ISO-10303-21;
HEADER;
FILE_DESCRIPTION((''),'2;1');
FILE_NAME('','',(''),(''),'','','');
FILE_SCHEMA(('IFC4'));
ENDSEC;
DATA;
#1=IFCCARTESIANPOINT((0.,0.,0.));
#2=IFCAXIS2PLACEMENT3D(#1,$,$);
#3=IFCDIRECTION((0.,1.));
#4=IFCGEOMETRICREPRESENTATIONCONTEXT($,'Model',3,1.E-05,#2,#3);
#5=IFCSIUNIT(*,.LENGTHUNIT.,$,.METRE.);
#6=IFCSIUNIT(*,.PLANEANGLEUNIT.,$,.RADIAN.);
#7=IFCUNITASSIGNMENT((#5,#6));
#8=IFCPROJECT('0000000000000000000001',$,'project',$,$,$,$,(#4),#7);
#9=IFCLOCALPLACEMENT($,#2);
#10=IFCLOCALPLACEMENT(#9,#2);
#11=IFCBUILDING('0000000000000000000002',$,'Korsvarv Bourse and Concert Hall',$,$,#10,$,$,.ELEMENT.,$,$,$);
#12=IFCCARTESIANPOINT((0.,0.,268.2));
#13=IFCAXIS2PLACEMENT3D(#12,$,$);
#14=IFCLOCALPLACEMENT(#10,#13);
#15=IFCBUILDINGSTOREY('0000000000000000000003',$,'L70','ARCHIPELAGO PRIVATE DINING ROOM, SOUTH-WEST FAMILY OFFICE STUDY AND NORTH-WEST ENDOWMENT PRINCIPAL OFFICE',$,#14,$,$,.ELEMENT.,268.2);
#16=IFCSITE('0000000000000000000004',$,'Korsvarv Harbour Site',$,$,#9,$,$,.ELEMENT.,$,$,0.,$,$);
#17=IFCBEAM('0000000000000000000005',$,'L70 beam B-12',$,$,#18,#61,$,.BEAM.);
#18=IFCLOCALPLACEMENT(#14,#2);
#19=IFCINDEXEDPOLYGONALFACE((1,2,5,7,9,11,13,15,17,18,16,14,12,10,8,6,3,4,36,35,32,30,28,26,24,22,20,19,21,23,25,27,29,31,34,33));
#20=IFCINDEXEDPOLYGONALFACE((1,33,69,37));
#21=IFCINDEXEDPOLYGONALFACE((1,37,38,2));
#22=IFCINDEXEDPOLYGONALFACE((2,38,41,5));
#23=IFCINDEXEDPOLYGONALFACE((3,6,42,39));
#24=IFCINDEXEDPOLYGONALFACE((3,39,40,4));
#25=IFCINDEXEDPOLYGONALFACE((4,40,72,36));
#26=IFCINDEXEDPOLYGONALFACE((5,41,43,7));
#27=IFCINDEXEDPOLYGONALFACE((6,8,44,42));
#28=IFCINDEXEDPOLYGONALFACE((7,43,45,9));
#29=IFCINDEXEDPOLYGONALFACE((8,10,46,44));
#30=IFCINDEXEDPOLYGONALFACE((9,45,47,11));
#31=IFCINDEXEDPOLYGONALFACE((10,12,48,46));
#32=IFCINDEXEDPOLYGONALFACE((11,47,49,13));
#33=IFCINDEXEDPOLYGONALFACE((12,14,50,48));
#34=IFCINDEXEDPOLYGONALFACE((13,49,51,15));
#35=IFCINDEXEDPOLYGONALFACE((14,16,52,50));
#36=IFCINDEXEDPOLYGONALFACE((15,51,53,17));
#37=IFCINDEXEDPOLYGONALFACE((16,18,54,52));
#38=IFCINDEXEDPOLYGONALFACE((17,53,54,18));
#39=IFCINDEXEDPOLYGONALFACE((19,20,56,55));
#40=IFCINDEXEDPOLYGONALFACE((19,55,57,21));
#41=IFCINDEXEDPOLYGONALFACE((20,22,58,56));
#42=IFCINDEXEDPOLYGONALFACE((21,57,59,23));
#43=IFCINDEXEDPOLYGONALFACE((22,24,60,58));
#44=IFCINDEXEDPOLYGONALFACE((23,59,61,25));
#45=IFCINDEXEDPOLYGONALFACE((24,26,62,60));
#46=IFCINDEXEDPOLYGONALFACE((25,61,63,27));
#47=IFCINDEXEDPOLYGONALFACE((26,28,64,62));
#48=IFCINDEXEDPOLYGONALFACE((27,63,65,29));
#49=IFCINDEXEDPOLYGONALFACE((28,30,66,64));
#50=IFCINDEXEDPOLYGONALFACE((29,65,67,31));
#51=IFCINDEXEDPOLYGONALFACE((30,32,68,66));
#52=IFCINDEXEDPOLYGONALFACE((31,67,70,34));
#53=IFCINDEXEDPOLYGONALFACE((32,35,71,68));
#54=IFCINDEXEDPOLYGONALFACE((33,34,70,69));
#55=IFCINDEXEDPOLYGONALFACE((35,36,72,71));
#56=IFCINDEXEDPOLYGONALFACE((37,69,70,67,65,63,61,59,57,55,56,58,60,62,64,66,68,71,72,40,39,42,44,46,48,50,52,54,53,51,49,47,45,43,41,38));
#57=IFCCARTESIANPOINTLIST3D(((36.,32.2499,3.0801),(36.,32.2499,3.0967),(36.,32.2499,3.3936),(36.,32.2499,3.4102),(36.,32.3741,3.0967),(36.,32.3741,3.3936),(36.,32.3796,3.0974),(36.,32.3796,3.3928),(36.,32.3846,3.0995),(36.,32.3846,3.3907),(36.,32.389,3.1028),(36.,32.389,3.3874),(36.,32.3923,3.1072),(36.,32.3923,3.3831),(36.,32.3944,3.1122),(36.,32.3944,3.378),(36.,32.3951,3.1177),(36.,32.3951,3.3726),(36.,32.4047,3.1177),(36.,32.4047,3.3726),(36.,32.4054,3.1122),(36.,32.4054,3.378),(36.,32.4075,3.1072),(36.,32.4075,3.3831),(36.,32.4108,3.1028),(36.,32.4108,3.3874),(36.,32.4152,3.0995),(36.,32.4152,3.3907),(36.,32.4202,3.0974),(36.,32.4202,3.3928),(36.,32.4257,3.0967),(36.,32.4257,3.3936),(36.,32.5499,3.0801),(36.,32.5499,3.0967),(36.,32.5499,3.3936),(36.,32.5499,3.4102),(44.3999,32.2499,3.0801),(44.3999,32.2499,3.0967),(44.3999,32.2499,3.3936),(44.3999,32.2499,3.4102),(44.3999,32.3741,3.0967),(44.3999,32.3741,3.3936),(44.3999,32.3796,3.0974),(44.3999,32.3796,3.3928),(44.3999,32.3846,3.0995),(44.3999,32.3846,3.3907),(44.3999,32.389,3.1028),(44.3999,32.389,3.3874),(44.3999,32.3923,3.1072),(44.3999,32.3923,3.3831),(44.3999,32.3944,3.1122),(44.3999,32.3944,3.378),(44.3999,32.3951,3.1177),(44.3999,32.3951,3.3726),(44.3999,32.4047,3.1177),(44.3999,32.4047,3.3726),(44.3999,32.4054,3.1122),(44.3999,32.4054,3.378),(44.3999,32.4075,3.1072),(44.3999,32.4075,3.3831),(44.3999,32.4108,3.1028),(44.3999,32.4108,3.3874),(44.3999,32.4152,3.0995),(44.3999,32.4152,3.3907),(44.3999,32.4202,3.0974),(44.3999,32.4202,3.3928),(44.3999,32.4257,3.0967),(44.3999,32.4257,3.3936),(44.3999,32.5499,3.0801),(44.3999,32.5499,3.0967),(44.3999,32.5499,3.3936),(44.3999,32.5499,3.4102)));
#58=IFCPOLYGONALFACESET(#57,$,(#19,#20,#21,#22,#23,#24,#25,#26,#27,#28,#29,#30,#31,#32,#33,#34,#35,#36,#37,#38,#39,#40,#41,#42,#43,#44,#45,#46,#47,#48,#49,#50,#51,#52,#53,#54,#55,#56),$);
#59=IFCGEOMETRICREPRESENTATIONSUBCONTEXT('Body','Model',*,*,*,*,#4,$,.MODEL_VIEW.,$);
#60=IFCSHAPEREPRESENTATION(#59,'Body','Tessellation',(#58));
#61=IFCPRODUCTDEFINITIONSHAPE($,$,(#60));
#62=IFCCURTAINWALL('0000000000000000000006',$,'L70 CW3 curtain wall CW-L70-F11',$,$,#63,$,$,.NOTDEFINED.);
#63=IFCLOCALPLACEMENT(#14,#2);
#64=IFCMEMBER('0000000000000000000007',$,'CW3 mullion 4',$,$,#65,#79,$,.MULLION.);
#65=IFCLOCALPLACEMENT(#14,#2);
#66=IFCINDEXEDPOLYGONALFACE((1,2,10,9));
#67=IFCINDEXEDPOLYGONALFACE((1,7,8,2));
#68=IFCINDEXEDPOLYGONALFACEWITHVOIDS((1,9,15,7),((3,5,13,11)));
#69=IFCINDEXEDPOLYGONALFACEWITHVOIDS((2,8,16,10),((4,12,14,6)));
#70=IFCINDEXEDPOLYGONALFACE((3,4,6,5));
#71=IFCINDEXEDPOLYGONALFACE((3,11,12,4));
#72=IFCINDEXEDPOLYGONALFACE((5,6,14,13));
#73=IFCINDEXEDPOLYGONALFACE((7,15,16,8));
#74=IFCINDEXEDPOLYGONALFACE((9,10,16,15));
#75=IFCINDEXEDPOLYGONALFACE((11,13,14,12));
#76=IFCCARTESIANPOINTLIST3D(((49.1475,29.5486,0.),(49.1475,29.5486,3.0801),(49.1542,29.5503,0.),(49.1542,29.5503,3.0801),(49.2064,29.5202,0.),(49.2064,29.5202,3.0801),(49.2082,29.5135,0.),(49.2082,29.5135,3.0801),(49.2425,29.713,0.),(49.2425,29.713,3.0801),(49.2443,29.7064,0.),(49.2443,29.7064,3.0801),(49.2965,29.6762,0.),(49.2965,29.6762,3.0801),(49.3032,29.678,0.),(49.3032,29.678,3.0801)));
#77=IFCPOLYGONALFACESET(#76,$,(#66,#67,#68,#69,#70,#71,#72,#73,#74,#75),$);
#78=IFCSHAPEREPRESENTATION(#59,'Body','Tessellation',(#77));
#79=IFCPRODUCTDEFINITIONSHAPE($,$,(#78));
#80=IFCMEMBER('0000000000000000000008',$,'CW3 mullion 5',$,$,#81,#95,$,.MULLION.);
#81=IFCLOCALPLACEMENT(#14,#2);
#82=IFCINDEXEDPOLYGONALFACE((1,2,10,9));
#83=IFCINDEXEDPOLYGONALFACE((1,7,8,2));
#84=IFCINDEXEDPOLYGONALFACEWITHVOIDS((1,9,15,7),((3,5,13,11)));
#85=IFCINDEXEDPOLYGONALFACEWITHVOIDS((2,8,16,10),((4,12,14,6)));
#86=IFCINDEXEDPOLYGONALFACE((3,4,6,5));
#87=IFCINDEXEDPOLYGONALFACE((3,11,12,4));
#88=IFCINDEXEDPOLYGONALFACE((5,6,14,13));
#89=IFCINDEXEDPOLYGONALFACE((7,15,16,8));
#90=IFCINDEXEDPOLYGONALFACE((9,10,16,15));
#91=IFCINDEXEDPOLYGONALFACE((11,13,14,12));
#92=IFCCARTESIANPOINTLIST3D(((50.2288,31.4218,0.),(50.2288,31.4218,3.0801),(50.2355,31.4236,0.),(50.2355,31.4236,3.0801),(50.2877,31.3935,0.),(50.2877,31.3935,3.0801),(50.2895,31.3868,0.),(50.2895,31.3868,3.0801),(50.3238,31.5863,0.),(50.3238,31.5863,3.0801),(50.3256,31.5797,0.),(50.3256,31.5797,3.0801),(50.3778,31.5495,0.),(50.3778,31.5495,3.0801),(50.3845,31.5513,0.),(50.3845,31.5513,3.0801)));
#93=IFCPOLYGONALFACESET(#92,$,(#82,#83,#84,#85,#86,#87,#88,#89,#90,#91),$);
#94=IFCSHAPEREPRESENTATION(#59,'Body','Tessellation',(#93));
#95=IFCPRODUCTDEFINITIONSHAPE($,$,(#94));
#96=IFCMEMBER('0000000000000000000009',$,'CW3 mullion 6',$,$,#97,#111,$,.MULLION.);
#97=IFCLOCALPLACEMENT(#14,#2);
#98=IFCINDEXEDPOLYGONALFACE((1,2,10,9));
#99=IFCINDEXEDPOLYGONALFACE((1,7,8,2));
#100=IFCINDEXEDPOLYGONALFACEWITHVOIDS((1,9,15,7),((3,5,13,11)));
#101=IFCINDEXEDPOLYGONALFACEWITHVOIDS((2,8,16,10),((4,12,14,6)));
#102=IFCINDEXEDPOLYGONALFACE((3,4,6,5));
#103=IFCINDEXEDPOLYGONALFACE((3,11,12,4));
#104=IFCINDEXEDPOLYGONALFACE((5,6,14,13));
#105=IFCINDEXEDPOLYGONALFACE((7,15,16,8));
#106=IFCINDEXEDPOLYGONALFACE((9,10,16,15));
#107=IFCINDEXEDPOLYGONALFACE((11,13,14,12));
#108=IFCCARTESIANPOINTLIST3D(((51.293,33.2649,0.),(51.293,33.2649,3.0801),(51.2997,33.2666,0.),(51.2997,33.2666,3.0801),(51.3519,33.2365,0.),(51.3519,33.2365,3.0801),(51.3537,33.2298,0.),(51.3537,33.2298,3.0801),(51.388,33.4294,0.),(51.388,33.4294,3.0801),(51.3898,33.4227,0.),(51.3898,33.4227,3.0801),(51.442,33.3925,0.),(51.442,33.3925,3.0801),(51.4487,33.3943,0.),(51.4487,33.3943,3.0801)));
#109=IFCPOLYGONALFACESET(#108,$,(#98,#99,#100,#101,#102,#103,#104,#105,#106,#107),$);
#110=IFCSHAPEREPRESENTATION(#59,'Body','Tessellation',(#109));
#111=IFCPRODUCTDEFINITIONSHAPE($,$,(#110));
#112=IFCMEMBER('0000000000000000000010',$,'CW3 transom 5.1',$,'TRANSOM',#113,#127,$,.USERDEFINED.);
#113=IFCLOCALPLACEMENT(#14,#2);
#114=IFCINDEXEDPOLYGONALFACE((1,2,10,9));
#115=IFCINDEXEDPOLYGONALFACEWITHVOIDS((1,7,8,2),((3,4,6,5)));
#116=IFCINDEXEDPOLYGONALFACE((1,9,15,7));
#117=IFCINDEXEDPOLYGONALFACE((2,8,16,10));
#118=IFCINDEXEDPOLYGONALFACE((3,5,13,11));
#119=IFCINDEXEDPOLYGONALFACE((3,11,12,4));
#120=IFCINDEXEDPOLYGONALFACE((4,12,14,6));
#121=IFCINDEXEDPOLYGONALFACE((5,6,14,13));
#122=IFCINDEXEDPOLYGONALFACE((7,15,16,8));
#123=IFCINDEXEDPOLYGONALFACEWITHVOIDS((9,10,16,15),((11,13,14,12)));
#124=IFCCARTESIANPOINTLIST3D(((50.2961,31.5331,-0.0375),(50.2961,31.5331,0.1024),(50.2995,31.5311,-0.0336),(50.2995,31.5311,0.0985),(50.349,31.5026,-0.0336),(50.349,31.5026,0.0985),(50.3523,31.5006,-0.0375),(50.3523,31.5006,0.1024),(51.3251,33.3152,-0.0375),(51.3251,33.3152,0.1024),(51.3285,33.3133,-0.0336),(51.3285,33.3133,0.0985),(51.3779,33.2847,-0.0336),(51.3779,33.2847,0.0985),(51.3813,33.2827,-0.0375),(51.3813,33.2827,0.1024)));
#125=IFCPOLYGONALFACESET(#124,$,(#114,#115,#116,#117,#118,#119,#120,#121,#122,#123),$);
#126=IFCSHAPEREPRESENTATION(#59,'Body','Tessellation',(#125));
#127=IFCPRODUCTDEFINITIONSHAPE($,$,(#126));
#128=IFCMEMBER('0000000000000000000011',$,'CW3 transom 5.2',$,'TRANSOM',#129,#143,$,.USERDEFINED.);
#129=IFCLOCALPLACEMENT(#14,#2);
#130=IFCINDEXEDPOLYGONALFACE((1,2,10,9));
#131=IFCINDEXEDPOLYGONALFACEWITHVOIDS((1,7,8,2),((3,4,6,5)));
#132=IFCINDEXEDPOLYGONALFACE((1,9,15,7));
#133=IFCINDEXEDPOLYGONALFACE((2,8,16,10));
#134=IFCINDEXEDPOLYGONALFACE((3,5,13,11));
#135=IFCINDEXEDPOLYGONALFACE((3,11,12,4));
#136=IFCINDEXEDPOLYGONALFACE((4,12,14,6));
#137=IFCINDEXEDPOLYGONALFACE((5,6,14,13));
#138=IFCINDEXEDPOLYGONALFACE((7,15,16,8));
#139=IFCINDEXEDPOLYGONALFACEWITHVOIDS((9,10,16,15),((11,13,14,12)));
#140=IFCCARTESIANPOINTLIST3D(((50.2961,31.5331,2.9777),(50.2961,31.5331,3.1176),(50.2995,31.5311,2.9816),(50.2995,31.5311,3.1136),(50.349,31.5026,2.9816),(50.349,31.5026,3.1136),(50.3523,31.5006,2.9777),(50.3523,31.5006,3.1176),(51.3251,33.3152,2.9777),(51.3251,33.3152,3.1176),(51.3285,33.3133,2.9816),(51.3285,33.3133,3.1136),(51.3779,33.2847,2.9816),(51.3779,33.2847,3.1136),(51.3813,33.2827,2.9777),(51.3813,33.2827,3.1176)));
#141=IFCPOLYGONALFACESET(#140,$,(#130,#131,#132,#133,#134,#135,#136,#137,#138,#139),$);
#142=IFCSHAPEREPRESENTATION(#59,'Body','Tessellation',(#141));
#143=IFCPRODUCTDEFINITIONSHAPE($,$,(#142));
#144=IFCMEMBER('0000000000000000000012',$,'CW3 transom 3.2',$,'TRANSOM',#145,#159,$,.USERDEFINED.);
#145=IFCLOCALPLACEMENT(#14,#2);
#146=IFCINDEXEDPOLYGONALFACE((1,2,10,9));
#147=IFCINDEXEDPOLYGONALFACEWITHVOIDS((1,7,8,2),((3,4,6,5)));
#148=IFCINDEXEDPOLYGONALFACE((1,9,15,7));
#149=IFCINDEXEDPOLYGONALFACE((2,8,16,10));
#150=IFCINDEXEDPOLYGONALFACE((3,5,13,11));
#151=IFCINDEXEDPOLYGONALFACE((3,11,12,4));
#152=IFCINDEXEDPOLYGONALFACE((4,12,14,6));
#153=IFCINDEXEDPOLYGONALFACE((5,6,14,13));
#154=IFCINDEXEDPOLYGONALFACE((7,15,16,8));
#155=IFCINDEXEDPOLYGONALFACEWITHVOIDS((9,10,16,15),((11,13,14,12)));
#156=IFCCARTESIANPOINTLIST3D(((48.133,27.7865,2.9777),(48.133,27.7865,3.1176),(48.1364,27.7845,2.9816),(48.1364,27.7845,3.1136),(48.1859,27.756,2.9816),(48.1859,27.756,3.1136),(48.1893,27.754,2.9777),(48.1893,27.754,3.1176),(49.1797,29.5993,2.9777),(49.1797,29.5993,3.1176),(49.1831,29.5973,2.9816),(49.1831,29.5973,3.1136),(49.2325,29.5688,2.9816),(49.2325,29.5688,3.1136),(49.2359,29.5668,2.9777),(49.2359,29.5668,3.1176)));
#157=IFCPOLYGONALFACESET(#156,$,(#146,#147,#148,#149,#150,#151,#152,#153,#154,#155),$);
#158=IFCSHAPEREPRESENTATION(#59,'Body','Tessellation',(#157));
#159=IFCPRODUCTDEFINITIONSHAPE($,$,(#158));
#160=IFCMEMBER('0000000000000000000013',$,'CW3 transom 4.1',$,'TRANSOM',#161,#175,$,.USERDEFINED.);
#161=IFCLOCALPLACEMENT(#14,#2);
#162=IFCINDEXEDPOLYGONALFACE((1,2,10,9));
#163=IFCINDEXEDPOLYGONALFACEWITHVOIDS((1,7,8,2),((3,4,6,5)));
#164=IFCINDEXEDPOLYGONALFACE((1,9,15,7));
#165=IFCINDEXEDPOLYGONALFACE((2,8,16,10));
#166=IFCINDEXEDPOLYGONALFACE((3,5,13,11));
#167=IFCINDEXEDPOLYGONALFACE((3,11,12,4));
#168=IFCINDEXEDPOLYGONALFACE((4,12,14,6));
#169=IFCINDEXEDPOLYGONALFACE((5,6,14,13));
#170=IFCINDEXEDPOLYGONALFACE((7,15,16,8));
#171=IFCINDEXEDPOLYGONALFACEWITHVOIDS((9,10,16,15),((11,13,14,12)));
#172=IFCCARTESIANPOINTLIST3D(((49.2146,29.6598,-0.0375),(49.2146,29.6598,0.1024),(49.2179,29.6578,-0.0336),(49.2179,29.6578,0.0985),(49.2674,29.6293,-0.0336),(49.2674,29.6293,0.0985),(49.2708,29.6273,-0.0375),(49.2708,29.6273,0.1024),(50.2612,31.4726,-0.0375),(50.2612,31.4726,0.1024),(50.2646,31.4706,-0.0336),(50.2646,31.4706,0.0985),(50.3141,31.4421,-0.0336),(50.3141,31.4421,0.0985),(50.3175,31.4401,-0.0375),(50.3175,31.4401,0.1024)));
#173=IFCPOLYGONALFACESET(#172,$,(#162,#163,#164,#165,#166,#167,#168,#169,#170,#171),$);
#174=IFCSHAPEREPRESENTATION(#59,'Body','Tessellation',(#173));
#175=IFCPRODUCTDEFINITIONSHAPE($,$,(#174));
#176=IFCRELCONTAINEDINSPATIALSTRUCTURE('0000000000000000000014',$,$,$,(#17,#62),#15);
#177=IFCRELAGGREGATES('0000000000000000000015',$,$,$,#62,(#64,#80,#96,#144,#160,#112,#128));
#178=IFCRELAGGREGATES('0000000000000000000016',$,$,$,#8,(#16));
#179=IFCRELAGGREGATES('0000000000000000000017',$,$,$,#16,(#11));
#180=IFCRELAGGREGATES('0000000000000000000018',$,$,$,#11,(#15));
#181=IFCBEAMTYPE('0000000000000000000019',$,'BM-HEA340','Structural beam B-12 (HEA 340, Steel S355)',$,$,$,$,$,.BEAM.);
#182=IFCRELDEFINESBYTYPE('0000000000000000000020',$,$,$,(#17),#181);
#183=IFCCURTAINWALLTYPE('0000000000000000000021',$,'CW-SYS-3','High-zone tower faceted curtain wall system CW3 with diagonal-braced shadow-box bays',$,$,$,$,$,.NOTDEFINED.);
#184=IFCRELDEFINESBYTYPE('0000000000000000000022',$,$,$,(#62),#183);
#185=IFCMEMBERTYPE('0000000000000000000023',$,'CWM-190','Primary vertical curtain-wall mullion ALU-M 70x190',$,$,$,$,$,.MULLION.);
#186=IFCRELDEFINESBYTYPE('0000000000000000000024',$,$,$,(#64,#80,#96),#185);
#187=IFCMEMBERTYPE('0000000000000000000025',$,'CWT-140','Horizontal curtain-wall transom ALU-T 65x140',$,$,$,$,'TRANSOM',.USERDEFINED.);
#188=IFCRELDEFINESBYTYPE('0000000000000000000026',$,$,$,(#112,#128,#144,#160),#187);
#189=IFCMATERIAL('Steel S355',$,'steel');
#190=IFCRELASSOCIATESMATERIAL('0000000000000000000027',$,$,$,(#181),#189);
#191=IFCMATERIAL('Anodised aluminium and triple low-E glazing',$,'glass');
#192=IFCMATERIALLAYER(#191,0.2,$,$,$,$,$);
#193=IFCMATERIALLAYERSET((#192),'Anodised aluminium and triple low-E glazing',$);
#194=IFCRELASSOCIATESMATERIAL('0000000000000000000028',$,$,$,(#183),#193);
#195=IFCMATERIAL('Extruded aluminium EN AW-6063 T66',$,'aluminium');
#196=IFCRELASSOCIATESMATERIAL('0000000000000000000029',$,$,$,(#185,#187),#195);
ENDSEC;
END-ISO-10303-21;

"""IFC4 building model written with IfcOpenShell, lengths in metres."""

from ifc_helpers import new_model, si_unit, direction, frame, origin, origin_2d, place, context, subcontext, project, spatial, hollow_rectangle, i_section, extrude, source, transform, mapped, material, layer, layer_set, material_profile, profile_set, type_object, element, aggregate, save


model = new_model("IFC4")

# Units and contexts
model_context = context("Model", 3, precision=1e-05, world=origin(), true_north=direction((0.0, 1.0)))
body_context = subcontext(model_context, "Body", "Model", "MODEL_VIEW")
ifc_project = project(units=[si_unit("LENGTHUNIT", "METRE"), si_unit("PLANEANGLEUNIT", "RADIAN")], contexts=[model_context])

# Site, building, storey
site_placement = place(None, origin())
site = spatial("IfcSite", under=ifc_project, at=site_placement, Name="Korsvarv Harbour Site", CompositionType="ELEMENT", RefElevation=0.0)
building_placement = place(site_placement, origin())
building = spatial("IfcBuilding", under=site, at=building_placement, Name="Korsvarv Bourse and Concert Hall", CompositionType="ELEMENT")
storey_placement = place(building_placement, frame((0.0, 0.0, 268.2)))
storey = spatial("IfcBuildingStorey", under=building, at=storey_placement, Name="L70", Description="ARCHIPELAGO PRIVATE DINING ROOM, SOUTH-WEST FAMILY OFFICE STUDY AND NORTH-WEST ENDOWMENT PRINCIPAL OFFICE", CompositionType="ELEMENT", Elevation=268.2)

# Beam
ifc_material_1 = material(Name="Steel S355", Category="steel")
ifc_material_profile_1 = material_profile(ifc_material_1, i_section(OverallWidth=0.3, OverallDepth=0.3301, WebThickness=0.0095, FlangeThickness=0.0166, FilletRadius=0.021, at=origin_2d()), Name="HEA 340")
ifc_profile_set_1 = profile_set([ifc_material_profile_1], Name="Steel S355")
beam_type_1 = type_object("IfcBeamType", Name="BM-HEA340", Description="Structural beam B-12 (HEA 340, Steel S355)", PredefinedType="BEAM", material=ifc_profile_set_1)
shared_shape_1 = source(origin(), body_context, "Body", "SweptSolid", [
    extrude(i_section(OverallWidth=0.3, OverallDepth=0.3301, WebThickness=0.0095, FlangeThickness=0.0166, FilletRadius=0.021, at=origin_2d()), origin(), (0.0, 0.0, 1.0), 8.3999),
])
beam_1_placement = place(storey_placement, frame((36.0, 32.3999, 3.2451), z_axis=(1.0, 0.0, 0.0), x_axis=(0.0, 1.0, 0.0)))
element("IfcBeam", 1, at=beam_1_placement, inside=storey, type_object=beam_type_1, Name="L70 beam B-12", PredefinedType="BEAM", context=body_context, shape_type="MappedRepresentation", body=[
    mapped(shared_shape_1, transform((0.0, 0.0, 0.0), scale=1.0)),
])

# Curtain wall, members
ifc_material_2 = material(Name="Anodised aluminium and triple low-E glazing", Category="glass")
ifc_layer_1 = layer(ifc_material_2, 0.2)
ifc_layer_set_1 = layer_set([ifc_layer_1], Name="Anodised aluminium and triple low-E glazing")
curtain_wall_type = type_object("IfcCurtainWallType", Name="CW-SYS-3", Description="High-zone tower faceted curtain wall system CW3 with diagonal-braced shadow-box bays", PredefinedType="NOTDEFINED", material=ifc_layer_set_1)
curtain_wall_placement = place(storey_placement, origin())
curtain_wall = element("IfcCurtainWall", 2, at=curtain_wall_placement, inside=storey, type_object=curtain_wall_type, Name="L70 CW3 curtain wall CW-L70-F11", PredefinedType="NOTDEFINED")
ifc_material_3 = material(Name="Extruded aluminium EN AW-6063 T66", Category="aluminium")
ifc_material_profile_2 = material_profile(ifc_material_3, hollow_rectangle(XDim=0.0701, YDim=0.1899, WallThickness=0.0049, at=origin_2d()), Name="ALU-M 70x190")
ifc_profile_set_2 = profile_set([ifc_material_profile_2], Name="Extruded aluminium EN AW-6063 T66")
member_type_1 = type_object("IfcMemberType", Name="CWM-190", Description="Primary vertical curtain-wall mullion ALU-M 70x190", PredefinedType="MULLION", material=ifc_profile_set_2)
shared_shape_2 = source(origin(), body_context, "Body", "SweptSolid", [
    extrude(hollow_rectangle(XDim=0.0701, YDim=0.1899, WallThickness=0.0049, at=origin_2d()), origin(), (0.0, 0.0, 1.0), 3.0801),
])
member_1_placement = place(storey_placement, frame((49.2253, 29.6133, 0.0), z_axis=(0.0, 0.0, 1.0), x_axis=(-0.866023, 0.500004, 0.0)))
member_1 = element("IfcMember", 3, at=member_1_placement, type_object=member_type_1, Name="CW3 mullion 4", PredefinedType="MULLION", context=body_context, shape_type="MappedRepresentation", body=[
    mapped(shared_shape_2, transform((0.0, 0.0, 0.0), scale=1.0)),
])
member_2_placement = place(storey_placement, frame((50.3066, 31.4866, 0.0), z_axis=(0.0, 0.0, 1.0), x_axis=(-0.866023, 0.500004, 0.0)))
member_2 = element("IfcMember", 4, at=member_2_placement, type_object=member_type_1, Name="CW3 mullion 5", PredefinedType="MULLION", context=body_context, shape_type="MappedRepresentation", body=[
    mapped(shared_shape_2, transform((0.0, 0.0, 0.0), scale=1.0)),
])
member_3_placement = place(storey_placement, frame((51.3708, 33.3296, 0.0), z_axis=(0.0, 0.0, 1.0), x_axis=(-0.866023, 0.500004, 0.0)))
member_3 = element("IfcMember", 5, at=member_3_placement, type_object=member_type_1, Name="CW3 mullion 6", PredefinedType="MULLION", context=body_context, shape_type="MappedRepresentation", body=[
    mapped(shared_shape_2, transform((0.0, 0.0, 0.0), scale=1.0)),
])
ifc_material_profile_3 = material_profile(ifc_material_3, hollow_rectangle(XDim=0.0649, YDim=0.1399, WallThickness=0.0039, at=origin_2d()), Name="ALU-T 65x140")
ifc_profile_set_3 = profile_set([ifc_material_profile_3], Name="Extruded aluminium EN AW-6063 T66")
member_type_2 = type_object("IfcMemberType", Name="CWT-140", Description="Horizontal curtain-wall transom ALU-T 65x140", ElementType="TRANSOM", PredefinedType="USERDEFINED", material=ifc_profile_set_3)
shared_shape_3 = source(origin(), body_context, "Body", "SweptSolid", [
    extrude(hollow_rectangle(XDim=0.0649, YDim=0.1399, WallThickness=0.0039, at=origin_2d()), origin(), (0.0, 0.0, 1.0), 2.0579),
])
member_4_placement = place(storey_placement, frame((50.3242, 31.5168, 0.0325), z_axis=(0.500031, 0.866008, 0.0), x_axis=(-0.866008, 0.500031, 0.0)))
member_4 = element("IfcMember", 6, at=member_4_placement, type_object=member_type_2, Name="CW3 transom 5.1", ObjectType="TRANSOM", PredefinedType="USERDEFINED", context=body_context, shape_type="MappedRepresentation", body=[
    mapped(shared_shape_3, transform((0.0, 0.0, 0.0), scale=1.0)),
])
member_5_placement = place(storey_placement, frame((50.3242, 31.5168, 3.0476), z_axis=(0.500031, 0.866008, 0.0), x_axis=(-0.866008, 0.500031, 0.0)))
member_5 = element("IfcMember", 7, at=member_5_placement, type_object=member_type_2, Name="CW3 transom 5.2", ObjectType="TRANSOM", PredefinedType="USERDEFINED", context=body_context, shape_type="MappedRepresentation", body=[
    mapped(shared_shape_3, transform((0.0, 0.0, 0.0), scale=1.0)),
])
shared_shape_4 = source(origin(), body_context, "Body", "SweptSolid", [
    extrude(hollow_rectangle(XDim=0.0649, YDim=0.1399, WallThickness=0.0039, at=origin_2d()), origin(), (0.0, 0.0, 1.0), 2.0933),
])
member_6_placement = place(storey_placement, frame((48.1611, 27.7703, 3.0476), z_axis=(0.500015, 0.866017, 0.0), x_axis=(-0.866017, 0.500015, 0.0)))
member_6 = element("IfcMember", 8, at=member_6_placement, type_object=member_type_2, Name="CW3 transom 3.2", ObjectType="TRANSOM", PredefinedType="USERDEFINED", context=body_context, shape_type="MappedRepresentation", body=[
    mapped(shared_shape_4, transform((0.0, 0.0, 0.0), scale=1.0)),
])
member_7_placement = place(storey_placement, frame((49.2427, 29.6436, 0.0325), z_axis=(0.500015, 0.866017, 0.0), x_axis=(-0.866017, 0.500015, 0.0)))
member_7 = element("IfcMember", 9, at=member_7_placement, type_object=member_type_2, Name="CW3 transom 4.1", ObjectType="TRANSOM", PredefinedType="USERDEFINED", context=body_context, shape_type="MappedRepresentation", body=[
    mapped(shared_shape_4, transform((0.0, 0.0, 0.0), scale=1.0)),
])
aggregate(curtain_wall, [member_1, member_2, member_3, member_6, member_7, member_4, member_5])

save(model, "model.ifc")
